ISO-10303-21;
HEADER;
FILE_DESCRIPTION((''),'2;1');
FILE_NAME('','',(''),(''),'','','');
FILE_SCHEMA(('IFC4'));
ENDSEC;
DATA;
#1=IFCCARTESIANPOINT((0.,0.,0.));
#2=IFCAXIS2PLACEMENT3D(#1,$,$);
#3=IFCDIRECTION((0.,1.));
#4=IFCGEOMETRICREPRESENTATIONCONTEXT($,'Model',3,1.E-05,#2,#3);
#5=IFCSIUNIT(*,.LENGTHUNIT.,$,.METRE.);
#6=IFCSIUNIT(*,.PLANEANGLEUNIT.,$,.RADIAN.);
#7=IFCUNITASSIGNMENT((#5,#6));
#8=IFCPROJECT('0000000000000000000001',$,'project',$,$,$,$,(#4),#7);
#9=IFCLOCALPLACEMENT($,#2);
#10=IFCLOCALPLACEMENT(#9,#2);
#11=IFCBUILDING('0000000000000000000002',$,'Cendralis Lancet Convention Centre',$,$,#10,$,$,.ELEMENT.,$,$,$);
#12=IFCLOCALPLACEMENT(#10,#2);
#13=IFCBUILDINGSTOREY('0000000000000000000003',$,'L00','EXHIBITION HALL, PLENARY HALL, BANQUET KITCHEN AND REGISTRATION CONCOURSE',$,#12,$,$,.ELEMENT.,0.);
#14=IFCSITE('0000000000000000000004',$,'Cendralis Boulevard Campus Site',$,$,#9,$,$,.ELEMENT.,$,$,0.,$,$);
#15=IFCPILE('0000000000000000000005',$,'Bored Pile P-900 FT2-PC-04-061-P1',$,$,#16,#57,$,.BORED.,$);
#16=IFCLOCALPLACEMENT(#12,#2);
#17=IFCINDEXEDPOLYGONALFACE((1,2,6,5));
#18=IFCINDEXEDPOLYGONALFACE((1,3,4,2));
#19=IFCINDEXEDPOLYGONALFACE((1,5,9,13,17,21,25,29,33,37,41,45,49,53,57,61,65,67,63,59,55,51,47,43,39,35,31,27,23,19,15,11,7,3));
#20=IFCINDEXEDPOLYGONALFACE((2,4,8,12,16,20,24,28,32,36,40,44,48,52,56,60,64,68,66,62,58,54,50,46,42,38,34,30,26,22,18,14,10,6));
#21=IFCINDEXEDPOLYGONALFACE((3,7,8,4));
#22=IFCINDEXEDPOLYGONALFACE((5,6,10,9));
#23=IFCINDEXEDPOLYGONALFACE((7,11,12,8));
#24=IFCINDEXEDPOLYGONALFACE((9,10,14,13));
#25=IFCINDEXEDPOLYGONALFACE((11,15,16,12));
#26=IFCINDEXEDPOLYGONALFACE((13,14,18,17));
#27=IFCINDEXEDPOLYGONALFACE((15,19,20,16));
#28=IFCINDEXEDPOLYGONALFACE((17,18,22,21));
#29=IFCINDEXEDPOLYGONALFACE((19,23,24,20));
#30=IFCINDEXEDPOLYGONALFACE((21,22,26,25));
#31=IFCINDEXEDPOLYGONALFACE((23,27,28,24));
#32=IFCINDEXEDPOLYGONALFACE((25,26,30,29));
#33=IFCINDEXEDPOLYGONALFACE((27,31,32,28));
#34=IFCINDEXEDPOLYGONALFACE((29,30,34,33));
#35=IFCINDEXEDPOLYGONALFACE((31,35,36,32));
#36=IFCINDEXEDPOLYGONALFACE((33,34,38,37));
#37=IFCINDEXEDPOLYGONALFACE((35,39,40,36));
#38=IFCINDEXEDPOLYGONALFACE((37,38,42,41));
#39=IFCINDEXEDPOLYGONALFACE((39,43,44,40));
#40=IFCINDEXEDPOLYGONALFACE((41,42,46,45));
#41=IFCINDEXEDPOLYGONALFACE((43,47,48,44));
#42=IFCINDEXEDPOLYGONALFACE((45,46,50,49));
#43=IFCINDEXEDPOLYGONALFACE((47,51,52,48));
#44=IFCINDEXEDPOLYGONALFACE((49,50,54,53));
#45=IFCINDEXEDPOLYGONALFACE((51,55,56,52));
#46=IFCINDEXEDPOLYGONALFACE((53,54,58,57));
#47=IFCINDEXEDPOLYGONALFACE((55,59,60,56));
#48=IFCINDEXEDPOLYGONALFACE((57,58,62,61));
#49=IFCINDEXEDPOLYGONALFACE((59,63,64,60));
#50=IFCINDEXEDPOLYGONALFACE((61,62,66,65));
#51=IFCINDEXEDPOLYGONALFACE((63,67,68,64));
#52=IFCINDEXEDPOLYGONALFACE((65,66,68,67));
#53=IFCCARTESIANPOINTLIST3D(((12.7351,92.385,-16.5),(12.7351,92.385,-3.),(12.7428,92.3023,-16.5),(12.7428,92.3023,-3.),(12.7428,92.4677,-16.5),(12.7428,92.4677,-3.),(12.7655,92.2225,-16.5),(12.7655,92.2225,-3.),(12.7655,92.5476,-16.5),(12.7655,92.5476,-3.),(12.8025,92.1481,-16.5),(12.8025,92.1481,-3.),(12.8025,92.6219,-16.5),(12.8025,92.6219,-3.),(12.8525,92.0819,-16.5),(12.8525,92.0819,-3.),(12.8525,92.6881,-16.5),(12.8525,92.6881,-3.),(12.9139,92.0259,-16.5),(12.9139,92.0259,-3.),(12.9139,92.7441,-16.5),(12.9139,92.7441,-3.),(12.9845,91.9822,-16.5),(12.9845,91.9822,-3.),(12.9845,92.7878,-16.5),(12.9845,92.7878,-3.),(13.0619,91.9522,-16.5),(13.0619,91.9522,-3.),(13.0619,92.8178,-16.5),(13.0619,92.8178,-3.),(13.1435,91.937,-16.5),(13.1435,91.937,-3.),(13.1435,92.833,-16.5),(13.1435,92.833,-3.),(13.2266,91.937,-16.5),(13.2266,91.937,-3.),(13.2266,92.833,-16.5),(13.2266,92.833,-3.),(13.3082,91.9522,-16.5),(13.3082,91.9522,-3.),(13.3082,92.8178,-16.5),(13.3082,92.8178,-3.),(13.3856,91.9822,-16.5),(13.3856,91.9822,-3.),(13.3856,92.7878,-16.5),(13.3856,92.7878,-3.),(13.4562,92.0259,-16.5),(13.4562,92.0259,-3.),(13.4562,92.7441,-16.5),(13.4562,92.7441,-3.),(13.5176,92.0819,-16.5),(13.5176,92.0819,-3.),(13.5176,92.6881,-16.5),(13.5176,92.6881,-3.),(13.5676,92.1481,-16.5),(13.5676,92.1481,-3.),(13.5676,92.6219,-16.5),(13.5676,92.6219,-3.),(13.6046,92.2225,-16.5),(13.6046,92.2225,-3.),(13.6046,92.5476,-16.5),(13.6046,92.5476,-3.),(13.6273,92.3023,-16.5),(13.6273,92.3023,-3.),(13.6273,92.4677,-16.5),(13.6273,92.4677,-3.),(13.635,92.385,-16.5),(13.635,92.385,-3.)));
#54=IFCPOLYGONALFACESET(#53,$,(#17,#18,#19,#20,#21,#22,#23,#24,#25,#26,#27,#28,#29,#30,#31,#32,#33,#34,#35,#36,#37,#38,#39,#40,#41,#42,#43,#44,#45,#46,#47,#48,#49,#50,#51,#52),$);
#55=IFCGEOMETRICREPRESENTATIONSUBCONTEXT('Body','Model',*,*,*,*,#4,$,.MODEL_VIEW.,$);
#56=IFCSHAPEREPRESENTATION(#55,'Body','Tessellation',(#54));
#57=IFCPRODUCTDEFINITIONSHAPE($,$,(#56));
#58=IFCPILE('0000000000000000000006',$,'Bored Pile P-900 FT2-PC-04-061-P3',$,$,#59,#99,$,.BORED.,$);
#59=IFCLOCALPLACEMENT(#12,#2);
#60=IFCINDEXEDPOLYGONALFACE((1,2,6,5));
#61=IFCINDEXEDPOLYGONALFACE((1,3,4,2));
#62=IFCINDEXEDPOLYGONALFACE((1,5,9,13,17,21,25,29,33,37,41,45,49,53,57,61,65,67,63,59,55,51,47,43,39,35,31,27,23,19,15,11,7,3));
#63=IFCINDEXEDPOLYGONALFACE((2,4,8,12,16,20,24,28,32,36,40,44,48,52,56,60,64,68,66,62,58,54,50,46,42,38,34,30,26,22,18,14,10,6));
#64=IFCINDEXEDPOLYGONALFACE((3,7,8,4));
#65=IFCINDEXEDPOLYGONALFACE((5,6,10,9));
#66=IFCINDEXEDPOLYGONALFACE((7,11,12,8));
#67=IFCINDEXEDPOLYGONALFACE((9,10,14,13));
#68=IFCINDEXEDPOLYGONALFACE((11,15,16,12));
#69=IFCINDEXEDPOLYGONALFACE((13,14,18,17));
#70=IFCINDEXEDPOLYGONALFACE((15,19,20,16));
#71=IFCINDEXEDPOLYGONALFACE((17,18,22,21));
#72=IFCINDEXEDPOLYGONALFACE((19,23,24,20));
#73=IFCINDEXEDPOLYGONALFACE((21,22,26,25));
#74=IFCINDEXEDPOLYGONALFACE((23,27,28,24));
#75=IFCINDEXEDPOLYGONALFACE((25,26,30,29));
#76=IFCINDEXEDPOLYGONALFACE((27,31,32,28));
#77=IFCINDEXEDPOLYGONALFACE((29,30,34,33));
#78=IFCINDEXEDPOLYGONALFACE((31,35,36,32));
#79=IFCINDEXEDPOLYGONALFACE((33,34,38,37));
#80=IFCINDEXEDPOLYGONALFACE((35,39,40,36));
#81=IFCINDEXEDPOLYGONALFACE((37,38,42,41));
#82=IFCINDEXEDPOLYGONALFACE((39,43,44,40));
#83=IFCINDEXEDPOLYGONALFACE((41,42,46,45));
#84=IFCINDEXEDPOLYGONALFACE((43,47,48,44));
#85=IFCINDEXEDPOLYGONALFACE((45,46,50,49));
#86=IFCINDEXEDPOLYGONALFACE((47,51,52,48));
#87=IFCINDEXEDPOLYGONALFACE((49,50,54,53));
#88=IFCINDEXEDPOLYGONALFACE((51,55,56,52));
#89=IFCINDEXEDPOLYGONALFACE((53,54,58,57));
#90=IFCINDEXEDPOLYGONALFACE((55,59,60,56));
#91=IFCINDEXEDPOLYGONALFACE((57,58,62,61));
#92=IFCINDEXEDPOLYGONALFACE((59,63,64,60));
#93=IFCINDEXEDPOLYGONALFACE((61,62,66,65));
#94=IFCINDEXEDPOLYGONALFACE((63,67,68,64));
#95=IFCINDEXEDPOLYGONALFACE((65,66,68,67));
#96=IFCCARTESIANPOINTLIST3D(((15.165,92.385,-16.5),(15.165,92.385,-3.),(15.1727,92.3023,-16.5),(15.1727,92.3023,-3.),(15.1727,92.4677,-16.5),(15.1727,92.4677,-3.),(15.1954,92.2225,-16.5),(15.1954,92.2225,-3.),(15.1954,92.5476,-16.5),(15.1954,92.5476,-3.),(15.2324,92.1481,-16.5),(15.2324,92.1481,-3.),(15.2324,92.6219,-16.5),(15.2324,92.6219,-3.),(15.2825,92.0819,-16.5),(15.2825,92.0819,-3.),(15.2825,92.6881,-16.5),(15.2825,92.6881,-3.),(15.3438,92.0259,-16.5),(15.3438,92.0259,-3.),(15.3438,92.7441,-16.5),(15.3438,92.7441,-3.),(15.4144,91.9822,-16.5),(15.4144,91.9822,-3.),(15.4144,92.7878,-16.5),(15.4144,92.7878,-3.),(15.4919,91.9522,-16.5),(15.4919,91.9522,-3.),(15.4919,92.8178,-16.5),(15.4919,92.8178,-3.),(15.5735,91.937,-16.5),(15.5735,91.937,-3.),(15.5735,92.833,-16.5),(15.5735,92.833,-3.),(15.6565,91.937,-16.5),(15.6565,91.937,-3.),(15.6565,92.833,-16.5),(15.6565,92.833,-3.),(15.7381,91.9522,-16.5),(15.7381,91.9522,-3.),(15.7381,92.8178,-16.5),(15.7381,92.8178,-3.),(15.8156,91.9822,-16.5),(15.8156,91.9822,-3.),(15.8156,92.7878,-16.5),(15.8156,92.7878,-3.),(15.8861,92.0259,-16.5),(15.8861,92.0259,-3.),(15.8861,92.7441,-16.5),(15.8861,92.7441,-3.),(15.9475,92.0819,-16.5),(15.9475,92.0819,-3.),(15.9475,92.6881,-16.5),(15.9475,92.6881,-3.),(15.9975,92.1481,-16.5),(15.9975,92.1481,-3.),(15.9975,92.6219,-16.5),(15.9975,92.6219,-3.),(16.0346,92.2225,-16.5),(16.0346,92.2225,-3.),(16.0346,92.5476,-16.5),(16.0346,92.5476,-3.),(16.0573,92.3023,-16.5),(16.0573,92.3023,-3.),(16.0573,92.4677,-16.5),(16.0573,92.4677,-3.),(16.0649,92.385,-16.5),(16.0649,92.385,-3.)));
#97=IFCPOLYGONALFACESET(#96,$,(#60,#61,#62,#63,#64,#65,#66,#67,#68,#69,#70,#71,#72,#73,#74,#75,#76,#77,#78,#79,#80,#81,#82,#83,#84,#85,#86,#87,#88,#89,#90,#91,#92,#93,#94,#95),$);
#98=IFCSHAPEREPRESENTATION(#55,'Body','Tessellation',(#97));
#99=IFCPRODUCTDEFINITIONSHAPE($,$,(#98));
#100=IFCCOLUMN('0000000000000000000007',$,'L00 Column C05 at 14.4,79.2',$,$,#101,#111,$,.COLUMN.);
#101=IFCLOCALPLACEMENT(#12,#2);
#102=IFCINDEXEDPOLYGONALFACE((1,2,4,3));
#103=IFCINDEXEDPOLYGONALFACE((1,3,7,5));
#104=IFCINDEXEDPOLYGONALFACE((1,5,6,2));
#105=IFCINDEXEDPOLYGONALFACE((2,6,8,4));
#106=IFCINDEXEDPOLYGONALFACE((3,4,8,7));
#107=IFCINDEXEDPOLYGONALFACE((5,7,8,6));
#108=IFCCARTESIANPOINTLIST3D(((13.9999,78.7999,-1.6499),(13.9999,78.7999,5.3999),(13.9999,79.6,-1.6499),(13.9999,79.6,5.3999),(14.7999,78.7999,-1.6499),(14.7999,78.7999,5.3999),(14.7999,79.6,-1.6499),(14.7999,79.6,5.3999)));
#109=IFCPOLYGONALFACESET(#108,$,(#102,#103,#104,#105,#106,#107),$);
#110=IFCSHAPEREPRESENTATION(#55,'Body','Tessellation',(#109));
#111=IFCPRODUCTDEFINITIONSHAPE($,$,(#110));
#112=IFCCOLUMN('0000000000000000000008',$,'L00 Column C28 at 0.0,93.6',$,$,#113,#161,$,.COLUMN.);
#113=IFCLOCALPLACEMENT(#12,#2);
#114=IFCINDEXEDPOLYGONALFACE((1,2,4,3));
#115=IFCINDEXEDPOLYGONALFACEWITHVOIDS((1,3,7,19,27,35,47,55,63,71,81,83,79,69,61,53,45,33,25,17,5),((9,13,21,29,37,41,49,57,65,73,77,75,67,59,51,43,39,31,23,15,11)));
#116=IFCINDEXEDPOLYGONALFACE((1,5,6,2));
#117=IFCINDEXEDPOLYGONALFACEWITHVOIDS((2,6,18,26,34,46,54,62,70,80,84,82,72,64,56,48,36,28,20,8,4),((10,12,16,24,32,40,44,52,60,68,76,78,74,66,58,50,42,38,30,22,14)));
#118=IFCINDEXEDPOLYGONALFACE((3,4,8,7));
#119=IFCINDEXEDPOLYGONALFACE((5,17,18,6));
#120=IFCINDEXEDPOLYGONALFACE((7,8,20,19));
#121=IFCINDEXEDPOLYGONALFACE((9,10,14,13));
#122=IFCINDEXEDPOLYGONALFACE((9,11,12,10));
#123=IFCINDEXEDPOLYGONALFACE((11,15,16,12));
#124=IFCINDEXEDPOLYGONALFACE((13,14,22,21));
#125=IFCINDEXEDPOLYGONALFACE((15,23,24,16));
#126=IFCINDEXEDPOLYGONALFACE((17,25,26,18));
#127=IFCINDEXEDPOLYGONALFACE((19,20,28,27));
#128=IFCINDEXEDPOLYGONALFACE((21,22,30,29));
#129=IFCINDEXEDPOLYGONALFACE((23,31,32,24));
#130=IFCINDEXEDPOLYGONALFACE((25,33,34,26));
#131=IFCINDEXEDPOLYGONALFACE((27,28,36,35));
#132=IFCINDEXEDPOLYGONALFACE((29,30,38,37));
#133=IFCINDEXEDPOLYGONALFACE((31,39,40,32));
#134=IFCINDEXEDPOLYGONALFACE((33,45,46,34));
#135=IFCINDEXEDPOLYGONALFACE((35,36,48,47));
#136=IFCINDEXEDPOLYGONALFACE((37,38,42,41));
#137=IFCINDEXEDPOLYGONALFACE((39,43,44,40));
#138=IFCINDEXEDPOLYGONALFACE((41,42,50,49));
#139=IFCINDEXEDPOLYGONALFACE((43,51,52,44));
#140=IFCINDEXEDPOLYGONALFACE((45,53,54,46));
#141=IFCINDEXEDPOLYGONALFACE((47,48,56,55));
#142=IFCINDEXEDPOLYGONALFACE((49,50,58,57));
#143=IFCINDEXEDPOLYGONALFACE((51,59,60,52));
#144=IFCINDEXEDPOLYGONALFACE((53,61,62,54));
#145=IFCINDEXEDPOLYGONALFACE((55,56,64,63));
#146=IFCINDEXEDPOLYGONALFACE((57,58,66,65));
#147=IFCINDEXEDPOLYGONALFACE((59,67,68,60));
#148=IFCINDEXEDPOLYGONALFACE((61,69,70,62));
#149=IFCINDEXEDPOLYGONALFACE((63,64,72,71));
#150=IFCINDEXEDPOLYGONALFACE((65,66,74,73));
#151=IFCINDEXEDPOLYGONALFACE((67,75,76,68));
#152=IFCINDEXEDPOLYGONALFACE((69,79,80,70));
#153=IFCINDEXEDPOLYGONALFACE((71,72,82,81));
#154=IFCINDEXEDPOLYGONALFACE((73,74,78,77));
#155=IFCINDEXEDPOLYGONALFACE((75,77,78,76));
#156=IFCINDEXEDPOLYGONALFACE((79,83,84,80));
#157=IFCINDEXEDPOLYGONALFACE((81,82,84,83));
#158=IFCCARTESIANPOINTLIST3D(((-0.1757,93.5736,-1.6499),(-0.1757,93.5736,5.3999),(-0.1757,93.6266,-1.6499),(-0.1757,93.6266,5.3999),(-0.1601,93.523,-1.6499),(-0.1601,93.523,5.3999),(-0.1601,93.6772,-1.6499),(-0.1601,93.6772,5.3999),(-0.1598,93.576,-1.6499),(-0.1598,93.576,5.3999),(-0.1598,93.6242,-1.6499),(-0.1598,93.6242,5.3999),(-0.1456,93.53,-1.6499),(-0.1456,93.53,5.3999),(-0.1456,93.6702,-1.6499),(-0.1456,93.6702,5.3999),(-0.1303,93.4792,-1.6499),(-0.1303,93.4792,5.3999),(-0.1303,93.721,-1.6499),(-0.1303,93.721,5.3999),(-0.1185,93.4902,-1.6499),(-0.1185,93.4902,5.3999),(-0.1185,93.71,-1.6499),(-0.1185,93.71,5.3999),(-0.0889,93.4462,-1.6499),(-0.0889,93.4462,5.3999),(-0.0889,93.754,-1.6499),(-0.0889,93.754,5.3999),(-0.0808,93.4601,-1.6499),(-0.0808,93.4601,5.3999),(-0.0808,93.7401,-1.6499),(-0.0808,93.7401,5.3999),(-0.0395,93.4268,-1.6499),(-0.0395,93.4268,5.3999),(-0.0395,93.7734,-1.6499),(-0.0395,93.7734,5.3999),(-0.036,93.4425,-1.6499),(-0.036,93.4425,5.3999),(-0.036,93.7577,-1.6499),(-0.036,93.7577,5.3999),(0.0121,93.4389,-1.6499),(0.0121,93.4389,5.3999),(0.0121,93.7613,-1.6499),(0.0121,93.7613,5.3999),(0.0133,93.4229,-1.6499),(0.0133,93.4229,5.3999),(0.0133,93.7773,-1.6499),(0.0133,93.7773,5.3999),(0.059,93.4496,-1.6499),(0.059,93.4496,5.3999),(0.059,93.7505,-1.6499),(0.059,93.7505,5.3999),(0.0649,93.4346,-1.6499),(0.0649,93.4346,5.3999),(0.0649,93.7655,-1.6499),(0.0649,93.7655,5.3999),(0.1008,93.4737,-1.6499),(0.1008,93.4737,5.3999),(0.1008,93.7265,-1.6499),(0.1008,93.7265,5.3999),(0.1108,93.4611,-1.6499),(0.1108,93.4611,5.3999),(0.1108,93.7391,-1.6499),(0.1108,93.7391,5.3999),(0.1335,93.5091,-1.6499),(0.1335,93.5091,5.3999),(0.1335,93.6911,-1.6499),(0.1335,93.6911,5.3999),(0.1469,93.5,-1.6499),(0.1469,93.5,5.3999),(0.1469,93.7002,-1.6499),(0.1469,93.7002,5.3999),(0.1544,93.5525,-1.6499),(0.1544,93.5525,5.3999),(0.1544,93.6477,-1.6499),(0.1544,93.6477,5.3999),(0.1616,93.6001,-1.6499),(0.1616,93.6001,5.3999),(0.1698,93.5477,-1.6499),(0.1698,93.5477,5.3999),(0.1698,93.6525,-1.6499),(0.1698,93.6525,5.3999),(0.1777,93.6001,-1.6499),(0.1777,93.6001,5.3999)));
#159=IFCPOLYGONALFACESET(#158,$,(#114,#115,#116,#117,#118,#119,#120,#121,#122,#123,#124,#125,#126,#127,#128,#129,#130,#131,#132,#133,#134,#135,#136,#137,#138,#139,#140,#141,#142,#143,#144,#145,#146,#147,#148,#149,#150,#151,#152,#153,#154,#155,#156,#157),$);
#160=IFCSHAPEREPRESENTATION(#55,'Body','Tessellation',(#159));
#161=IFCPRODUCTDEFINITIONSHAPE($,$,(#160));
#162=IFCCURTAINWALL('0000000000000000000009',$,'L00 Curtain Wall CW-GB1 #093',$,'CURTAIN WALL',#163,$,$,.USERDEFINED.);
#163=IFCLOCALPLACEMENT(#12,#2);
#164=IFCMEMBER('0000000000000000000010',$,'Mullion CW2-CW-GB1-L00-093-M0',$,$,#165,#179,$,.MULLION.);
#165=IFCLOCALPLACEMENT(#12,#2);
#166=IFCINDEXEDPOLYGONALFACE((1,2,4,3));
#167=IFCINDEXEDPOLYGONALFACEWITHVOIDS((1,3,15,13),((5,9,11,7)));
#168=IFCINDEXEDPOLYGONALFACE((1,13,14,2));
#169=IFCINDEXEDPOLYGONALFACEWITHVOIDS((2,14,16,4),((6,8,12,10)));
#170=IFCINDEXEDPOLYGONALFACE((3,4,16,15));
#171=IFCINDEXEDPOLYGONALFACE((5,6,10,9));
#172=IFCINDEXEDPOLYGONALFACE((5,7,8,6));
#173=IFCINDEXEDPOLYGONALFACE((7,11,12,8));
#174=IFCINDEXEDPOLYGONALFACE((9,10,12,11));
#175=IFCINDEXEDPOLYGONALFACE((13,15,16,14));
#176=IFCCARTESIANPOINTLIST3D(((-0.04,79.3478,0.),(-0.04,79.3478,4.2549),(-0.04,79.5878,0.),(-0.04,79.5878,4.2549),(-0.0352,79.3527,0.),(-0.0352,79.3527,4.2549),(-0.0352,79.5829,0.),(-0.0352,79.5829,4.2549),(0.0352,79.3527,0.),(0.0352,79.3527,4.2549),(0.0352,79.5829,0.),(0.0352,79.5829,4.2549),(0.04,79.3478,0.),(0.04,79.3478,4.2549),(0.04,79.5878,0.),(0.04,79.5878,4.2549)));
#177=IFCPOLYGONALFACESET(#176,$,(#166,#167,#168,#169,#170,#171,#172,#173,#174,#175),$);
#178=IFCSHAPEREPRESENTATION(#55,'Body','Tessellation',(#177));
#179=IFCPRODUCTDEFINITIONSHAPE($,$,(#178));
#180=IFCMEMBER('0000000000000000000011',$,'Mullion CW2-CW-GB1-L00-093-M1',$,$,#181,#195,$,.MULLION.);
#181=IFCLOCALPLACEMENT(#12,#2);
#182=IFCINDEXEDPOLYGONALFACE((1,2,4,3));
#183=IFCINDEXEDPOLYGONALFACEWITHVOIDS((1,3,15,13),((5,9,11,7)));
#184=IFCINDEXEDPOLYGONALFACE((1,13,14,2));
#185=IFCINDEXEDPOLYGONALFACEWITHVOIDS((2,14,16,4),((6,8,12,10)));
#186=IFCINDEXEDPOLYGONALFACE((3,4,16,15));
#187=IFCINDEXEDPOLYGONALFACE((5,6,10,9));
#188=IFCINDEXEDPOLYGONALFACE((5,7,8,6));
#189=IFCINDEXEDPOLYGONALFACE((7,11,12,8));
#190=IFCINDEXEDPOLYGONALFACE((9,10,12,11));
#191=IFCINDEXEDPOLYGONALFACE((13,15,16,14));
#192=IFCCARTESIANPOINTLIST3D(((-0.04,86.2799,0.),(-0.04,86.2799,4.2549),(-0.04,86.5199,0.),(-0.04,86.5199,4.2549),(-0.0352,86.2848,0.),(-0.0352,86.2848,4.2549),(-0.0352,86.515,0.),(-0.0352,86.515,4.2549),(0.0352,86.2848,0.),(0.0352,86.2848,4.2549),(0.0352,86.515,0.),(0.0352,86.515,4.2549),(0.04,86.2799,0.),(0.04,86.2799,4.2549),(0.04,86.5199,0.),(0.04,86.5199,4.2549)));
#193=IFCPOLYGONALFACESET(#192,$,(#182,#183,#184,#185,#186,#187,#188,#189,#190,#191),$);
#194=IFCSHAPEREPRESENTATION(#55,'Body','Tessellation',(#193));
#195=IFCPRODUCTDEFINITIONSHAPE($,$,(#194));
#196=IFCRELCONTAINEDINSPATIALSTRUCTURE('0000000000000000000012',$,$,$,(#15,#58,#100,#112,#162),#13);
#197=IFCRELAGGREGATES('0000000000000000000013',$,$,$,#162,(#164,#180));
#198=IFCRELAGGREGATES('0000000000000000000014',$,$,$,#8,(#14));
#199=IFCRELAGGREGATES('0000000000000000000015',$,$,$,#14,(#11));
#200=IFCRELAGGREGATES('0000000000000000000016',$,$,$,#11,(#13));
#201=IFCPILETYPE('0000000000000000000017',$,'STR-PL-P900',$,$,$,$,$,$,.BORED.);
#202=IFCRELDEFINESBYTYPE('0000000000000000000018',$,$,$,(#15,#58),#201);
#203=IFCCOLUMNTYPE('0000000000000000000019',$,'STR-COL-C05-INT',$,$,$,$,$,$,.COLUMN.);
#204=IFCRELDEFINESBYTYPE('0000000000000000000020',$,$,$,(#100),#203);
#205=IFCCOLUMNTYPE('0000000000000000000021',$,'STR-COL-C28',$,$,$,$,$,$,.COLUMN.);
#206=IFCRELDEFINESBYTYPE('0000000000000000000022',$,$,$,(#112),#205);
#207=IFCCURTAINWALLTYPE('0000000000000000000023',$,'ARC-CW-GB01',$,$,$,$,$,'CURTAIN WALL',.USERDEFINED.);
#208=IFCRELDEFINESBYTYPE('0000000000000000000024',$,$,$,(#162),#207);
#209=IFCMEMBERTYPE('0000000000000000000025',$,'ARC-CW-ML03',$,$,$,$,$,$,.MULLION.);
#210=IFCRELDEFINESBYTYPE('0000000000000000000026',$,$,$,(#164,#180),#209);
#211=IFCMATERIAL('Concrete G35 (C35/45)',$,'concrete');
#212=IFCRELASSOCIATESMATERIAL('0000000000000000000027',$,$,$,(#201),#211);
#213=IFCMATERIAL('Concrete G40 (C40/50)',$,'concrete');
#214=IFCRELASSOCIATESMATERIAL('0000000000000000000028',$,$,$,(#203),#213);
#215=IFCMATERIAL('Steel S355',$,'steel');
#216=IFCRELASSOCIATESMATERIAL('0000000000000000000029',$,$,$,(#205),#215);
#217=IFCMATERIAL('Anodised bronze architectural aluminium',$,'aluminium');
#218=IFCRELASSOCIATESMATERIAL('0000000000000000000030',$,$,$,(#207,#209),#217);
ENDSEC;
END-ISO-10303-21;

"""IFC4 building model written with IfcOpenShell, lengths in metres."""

from ifc_helpers import new_model, si_unit, direction, frame, origin, origin_2d, place, context, subcontext, project, spatial, rectangle, hollow_rectangle, circle, hollow_circle, extrude, material, material_profile, profile_set, type_object, element, aggregate, save


model = new_model("IFC4")

# Units and contexts
model_context = context("Model", 3, precision=1e-05, world=origin(), true_north=direction((0.0, 1.0)))
body_context = subcontext(model_context, "Body", "Model", "MODEL_VIEW")
ifc_project = project(units=[si_unit("LENGTHUNIT", "METRE"), si_unit("PLANEANGLEUNIT", "RADIAN")], contexts=[model_context])

# Site, building, storey
site_placement = place(None, origin())
site = spatial("IfcSite", under=ifc_project, at=site_placement, Name="Cendralis Boulevard Campus Site", CompositionType="ELEMENT", RefElevation=0.0)
building_placement = place(site_placement, origin())
building = spatial("IfcBuilding", under=site, at=building_placement, Name="Cendralis Lancet Convention Centre", CompositionType="ELEMENT")
storey_placement = place(building_placement, origin())
storey = spatial("IfcBuildingStorey", under=building, at=storey_placement, Name="L00", Description="EXHIBITION HALL, PLENARY HALL, BANQUET KITCHEN AND REGISTRATION CONCOURSE", CompositionType="ELEMENT", Elevation=0.0)

# Shared definitions
ifc_material_1 = material(Name="Concrete G35 (C35/45)", Category="concrete")

# Piles
ifc_material_profile_1 = material_profile(ifc_material_1, circle(Radius=0.45, at=origin_2d()), Name="BORED PILE D900")
ifc_profile_set_1 = profile_set([ifc_material_profile_1], Name="Concrete G35 (C35/45)")
pile_type = type_object("IfcPileType", Name="STR-PL-P900", PredefinedType="BORED", material=ifc_profile_set_1)
for number, where, z_axis, x_axis, name in (
    (1, (13.1851, 92.385, -3.0), (0.0, 0.0, -1.0), (1.0, 0.0, 0.0), "Bored Pile P-900 FT2-PC-04-061-P1"),
    (2, (15.615, 92.385, -3.0), (0.0, 0.0, -1.0), (1.0, 0.0, 0.0), "Bored Pile P-900 FT2-PC-04-061-P3"),
):
    element("IfcPile", number, at=place(storey_placement, frame(where, z_axis=z_axis, x_axis=x_axis)), inside=storey, type_object=pile_type, Name=name, PredefinedType="BORED", context=body_context, shape_type="SweptSolid", body=[
        extrude(circle(Radius=0.45, at=origin_2d()), origin(), (0.0, 0.0, 1.0), 13.5),
    ])

# Columns
ifc_material_2 = material(Name="Concrete G40 (C40/50)", Category="concrete")
ifc_material_profile_2 = material_profile(ifc_material_2, rectangle(XDim=0.8, YDim=0.8, at=origin_2d()), Name="RC 800x800")
ifc_profile_set_2 = profile_set([ifc_material_profile_2], Name="Concrete G40 (C40/50)")
column_type_1 = type_object("IfcColumnType", Name="STR-COL-C05-INT", PredefinedType="COLUMN", material=ifc_profile_set_2)
column_1_placement = place(storey_placement, frame((14.3999, 79.2, -1.6499), z_axis=(0.0, 0.0, 1.0), x_axis=(1.0, 0.0, 0.0)))
element("IfcColumn", 3, at=column_1_placement, inside=storey, type_object=column_type_1, Name="L00 Column C05 at 14.4,79.2", PredefinedType="COLUMN", context=body_context, shape_type="SweptSolid", body=[
    extrude(rectangle(XDim=0.8, YDim=0.8, at=origin_2d()), origin(), (0.0, 0.0, 1.0), 7.0498),
])
ifc_material_3 = material(Name="Steel S355", Category="steel")
ifc_material_profile_3 = material_profile(ifc_material_3, hollow_circle(Radius=0.1777, WallThickness=0.0161, at=origin_2d()), Name="CHS 355.6x16.0")
ifc_profile_set_3 = profile_set([ifc_material_profile_3], Name="Steel S355")
column_type_2 = type_object("IfcColumnType", Name="STR-COL-C28", PredefinedType="COLUMN", material=ifc_profile_set_3)
column_2_placement = place(storey_placement, frame((0.0, 93.6001, -1.6499), z_axis=(0.0, 0.0, 1.0), x_axis=(1.0, 0.0, 0.0)))
element("IfcColumn", 4, at=column_2_placement, inside=storey, type_object=column_type_2, Name="L00 Column C28 at 0.0,93.6", PredefinedType="COLUMN", context=body_context, shape_type="SweptSolid", body=[
    extrude(hollow_circle(Radius=0.1777, WallThickness=0.0161, at=origin_2d()), origin(), (0.0, 0.0, 1.0), 7.0498),
])

# Curtain wall, members
ifc_material_4 = material(Name="Anodised bronze architectural aluminium", Category="aluminium")
curtain_wall_type = type_object("IfcCurtainWallType", Name="ARC-CW-GB01", ElementType="CURTAIN WALL", PredefinedType="USERDEFINED", material=ifc_material_4)
curtain_wall_placement = place(storey_placement, origin())
curtain_wall = element("IfcCurtainWall", 5, at=curtain_wall_placement, inside=storey, type_object=curtain_wall_type, Name="L00 Curtain Wall CW-GB1 #093", ObjectType="CURTAIN WALL", PredefinedType="USERDEFINED")
ifc_material_profile_4 = material_profile(ifc_material_4, hollow_rectangle(XDim=0.0801, YDim=0.24, WallThickness=0.0049, at=origin_2d()), Name="AL-MULL 80x240x5.0")
ifc_profile_set_4 = profile_set([ifc_material_profile_4], Name="Anodised bronze architectural aluminium")
member_type_1 = type_object("IfcMemberType", Name="ARC-CW-ML03", PredefinedType="MULLION", material=ifc_profile_set_4)
member_1_placement = place(storey_placement, frame((0.0, 79.4678, 0.0), z_axis=(0.0, 0.0, 1.0), x_axis=(1.0, 0.0, 0.0)))
member_1 = element("IfcMember", 6, at=member_1_placement, type_object=member_type_1, Name="Mullion CW2-CW-GB1-L00-093-M0", PredefinedType="MULLION", context=body_context, shape_type="SweptSolid", body=[
    extrude(hollow_rectangle(XDim=0.0801, YDim=0.24, WallThickness=0.0049, at=origin_2d()), origin(), (0.0, 0.0, 1.0), 4.2549),
])
member_2_placement = place(storey_placement, frame((0.0, 86.3999, 0.0), z_axis=(0.0, 0.0, 1.0), x_axis=(1.0, 0.0, 0.0)))
member_2 = element("IfcMember", 7, at=member_2_placement, type_object=member_type_1, Name="Mullion CW2-CW-GB1-L00-093-M1", PredefinedType="MULLION", context=body_context, shape_type="SweptSolid", body=[
    extrude(hollow_rectangle(XDim=0.0801, YDim=0.24, WallThickness=0.0049, at=origin_2d()), origin(), (0.0, 0.0, 1.0), 4.2549),
])
aggregate(curtain_wall, [member_1, member_2])

save(model, "model.ifc")
